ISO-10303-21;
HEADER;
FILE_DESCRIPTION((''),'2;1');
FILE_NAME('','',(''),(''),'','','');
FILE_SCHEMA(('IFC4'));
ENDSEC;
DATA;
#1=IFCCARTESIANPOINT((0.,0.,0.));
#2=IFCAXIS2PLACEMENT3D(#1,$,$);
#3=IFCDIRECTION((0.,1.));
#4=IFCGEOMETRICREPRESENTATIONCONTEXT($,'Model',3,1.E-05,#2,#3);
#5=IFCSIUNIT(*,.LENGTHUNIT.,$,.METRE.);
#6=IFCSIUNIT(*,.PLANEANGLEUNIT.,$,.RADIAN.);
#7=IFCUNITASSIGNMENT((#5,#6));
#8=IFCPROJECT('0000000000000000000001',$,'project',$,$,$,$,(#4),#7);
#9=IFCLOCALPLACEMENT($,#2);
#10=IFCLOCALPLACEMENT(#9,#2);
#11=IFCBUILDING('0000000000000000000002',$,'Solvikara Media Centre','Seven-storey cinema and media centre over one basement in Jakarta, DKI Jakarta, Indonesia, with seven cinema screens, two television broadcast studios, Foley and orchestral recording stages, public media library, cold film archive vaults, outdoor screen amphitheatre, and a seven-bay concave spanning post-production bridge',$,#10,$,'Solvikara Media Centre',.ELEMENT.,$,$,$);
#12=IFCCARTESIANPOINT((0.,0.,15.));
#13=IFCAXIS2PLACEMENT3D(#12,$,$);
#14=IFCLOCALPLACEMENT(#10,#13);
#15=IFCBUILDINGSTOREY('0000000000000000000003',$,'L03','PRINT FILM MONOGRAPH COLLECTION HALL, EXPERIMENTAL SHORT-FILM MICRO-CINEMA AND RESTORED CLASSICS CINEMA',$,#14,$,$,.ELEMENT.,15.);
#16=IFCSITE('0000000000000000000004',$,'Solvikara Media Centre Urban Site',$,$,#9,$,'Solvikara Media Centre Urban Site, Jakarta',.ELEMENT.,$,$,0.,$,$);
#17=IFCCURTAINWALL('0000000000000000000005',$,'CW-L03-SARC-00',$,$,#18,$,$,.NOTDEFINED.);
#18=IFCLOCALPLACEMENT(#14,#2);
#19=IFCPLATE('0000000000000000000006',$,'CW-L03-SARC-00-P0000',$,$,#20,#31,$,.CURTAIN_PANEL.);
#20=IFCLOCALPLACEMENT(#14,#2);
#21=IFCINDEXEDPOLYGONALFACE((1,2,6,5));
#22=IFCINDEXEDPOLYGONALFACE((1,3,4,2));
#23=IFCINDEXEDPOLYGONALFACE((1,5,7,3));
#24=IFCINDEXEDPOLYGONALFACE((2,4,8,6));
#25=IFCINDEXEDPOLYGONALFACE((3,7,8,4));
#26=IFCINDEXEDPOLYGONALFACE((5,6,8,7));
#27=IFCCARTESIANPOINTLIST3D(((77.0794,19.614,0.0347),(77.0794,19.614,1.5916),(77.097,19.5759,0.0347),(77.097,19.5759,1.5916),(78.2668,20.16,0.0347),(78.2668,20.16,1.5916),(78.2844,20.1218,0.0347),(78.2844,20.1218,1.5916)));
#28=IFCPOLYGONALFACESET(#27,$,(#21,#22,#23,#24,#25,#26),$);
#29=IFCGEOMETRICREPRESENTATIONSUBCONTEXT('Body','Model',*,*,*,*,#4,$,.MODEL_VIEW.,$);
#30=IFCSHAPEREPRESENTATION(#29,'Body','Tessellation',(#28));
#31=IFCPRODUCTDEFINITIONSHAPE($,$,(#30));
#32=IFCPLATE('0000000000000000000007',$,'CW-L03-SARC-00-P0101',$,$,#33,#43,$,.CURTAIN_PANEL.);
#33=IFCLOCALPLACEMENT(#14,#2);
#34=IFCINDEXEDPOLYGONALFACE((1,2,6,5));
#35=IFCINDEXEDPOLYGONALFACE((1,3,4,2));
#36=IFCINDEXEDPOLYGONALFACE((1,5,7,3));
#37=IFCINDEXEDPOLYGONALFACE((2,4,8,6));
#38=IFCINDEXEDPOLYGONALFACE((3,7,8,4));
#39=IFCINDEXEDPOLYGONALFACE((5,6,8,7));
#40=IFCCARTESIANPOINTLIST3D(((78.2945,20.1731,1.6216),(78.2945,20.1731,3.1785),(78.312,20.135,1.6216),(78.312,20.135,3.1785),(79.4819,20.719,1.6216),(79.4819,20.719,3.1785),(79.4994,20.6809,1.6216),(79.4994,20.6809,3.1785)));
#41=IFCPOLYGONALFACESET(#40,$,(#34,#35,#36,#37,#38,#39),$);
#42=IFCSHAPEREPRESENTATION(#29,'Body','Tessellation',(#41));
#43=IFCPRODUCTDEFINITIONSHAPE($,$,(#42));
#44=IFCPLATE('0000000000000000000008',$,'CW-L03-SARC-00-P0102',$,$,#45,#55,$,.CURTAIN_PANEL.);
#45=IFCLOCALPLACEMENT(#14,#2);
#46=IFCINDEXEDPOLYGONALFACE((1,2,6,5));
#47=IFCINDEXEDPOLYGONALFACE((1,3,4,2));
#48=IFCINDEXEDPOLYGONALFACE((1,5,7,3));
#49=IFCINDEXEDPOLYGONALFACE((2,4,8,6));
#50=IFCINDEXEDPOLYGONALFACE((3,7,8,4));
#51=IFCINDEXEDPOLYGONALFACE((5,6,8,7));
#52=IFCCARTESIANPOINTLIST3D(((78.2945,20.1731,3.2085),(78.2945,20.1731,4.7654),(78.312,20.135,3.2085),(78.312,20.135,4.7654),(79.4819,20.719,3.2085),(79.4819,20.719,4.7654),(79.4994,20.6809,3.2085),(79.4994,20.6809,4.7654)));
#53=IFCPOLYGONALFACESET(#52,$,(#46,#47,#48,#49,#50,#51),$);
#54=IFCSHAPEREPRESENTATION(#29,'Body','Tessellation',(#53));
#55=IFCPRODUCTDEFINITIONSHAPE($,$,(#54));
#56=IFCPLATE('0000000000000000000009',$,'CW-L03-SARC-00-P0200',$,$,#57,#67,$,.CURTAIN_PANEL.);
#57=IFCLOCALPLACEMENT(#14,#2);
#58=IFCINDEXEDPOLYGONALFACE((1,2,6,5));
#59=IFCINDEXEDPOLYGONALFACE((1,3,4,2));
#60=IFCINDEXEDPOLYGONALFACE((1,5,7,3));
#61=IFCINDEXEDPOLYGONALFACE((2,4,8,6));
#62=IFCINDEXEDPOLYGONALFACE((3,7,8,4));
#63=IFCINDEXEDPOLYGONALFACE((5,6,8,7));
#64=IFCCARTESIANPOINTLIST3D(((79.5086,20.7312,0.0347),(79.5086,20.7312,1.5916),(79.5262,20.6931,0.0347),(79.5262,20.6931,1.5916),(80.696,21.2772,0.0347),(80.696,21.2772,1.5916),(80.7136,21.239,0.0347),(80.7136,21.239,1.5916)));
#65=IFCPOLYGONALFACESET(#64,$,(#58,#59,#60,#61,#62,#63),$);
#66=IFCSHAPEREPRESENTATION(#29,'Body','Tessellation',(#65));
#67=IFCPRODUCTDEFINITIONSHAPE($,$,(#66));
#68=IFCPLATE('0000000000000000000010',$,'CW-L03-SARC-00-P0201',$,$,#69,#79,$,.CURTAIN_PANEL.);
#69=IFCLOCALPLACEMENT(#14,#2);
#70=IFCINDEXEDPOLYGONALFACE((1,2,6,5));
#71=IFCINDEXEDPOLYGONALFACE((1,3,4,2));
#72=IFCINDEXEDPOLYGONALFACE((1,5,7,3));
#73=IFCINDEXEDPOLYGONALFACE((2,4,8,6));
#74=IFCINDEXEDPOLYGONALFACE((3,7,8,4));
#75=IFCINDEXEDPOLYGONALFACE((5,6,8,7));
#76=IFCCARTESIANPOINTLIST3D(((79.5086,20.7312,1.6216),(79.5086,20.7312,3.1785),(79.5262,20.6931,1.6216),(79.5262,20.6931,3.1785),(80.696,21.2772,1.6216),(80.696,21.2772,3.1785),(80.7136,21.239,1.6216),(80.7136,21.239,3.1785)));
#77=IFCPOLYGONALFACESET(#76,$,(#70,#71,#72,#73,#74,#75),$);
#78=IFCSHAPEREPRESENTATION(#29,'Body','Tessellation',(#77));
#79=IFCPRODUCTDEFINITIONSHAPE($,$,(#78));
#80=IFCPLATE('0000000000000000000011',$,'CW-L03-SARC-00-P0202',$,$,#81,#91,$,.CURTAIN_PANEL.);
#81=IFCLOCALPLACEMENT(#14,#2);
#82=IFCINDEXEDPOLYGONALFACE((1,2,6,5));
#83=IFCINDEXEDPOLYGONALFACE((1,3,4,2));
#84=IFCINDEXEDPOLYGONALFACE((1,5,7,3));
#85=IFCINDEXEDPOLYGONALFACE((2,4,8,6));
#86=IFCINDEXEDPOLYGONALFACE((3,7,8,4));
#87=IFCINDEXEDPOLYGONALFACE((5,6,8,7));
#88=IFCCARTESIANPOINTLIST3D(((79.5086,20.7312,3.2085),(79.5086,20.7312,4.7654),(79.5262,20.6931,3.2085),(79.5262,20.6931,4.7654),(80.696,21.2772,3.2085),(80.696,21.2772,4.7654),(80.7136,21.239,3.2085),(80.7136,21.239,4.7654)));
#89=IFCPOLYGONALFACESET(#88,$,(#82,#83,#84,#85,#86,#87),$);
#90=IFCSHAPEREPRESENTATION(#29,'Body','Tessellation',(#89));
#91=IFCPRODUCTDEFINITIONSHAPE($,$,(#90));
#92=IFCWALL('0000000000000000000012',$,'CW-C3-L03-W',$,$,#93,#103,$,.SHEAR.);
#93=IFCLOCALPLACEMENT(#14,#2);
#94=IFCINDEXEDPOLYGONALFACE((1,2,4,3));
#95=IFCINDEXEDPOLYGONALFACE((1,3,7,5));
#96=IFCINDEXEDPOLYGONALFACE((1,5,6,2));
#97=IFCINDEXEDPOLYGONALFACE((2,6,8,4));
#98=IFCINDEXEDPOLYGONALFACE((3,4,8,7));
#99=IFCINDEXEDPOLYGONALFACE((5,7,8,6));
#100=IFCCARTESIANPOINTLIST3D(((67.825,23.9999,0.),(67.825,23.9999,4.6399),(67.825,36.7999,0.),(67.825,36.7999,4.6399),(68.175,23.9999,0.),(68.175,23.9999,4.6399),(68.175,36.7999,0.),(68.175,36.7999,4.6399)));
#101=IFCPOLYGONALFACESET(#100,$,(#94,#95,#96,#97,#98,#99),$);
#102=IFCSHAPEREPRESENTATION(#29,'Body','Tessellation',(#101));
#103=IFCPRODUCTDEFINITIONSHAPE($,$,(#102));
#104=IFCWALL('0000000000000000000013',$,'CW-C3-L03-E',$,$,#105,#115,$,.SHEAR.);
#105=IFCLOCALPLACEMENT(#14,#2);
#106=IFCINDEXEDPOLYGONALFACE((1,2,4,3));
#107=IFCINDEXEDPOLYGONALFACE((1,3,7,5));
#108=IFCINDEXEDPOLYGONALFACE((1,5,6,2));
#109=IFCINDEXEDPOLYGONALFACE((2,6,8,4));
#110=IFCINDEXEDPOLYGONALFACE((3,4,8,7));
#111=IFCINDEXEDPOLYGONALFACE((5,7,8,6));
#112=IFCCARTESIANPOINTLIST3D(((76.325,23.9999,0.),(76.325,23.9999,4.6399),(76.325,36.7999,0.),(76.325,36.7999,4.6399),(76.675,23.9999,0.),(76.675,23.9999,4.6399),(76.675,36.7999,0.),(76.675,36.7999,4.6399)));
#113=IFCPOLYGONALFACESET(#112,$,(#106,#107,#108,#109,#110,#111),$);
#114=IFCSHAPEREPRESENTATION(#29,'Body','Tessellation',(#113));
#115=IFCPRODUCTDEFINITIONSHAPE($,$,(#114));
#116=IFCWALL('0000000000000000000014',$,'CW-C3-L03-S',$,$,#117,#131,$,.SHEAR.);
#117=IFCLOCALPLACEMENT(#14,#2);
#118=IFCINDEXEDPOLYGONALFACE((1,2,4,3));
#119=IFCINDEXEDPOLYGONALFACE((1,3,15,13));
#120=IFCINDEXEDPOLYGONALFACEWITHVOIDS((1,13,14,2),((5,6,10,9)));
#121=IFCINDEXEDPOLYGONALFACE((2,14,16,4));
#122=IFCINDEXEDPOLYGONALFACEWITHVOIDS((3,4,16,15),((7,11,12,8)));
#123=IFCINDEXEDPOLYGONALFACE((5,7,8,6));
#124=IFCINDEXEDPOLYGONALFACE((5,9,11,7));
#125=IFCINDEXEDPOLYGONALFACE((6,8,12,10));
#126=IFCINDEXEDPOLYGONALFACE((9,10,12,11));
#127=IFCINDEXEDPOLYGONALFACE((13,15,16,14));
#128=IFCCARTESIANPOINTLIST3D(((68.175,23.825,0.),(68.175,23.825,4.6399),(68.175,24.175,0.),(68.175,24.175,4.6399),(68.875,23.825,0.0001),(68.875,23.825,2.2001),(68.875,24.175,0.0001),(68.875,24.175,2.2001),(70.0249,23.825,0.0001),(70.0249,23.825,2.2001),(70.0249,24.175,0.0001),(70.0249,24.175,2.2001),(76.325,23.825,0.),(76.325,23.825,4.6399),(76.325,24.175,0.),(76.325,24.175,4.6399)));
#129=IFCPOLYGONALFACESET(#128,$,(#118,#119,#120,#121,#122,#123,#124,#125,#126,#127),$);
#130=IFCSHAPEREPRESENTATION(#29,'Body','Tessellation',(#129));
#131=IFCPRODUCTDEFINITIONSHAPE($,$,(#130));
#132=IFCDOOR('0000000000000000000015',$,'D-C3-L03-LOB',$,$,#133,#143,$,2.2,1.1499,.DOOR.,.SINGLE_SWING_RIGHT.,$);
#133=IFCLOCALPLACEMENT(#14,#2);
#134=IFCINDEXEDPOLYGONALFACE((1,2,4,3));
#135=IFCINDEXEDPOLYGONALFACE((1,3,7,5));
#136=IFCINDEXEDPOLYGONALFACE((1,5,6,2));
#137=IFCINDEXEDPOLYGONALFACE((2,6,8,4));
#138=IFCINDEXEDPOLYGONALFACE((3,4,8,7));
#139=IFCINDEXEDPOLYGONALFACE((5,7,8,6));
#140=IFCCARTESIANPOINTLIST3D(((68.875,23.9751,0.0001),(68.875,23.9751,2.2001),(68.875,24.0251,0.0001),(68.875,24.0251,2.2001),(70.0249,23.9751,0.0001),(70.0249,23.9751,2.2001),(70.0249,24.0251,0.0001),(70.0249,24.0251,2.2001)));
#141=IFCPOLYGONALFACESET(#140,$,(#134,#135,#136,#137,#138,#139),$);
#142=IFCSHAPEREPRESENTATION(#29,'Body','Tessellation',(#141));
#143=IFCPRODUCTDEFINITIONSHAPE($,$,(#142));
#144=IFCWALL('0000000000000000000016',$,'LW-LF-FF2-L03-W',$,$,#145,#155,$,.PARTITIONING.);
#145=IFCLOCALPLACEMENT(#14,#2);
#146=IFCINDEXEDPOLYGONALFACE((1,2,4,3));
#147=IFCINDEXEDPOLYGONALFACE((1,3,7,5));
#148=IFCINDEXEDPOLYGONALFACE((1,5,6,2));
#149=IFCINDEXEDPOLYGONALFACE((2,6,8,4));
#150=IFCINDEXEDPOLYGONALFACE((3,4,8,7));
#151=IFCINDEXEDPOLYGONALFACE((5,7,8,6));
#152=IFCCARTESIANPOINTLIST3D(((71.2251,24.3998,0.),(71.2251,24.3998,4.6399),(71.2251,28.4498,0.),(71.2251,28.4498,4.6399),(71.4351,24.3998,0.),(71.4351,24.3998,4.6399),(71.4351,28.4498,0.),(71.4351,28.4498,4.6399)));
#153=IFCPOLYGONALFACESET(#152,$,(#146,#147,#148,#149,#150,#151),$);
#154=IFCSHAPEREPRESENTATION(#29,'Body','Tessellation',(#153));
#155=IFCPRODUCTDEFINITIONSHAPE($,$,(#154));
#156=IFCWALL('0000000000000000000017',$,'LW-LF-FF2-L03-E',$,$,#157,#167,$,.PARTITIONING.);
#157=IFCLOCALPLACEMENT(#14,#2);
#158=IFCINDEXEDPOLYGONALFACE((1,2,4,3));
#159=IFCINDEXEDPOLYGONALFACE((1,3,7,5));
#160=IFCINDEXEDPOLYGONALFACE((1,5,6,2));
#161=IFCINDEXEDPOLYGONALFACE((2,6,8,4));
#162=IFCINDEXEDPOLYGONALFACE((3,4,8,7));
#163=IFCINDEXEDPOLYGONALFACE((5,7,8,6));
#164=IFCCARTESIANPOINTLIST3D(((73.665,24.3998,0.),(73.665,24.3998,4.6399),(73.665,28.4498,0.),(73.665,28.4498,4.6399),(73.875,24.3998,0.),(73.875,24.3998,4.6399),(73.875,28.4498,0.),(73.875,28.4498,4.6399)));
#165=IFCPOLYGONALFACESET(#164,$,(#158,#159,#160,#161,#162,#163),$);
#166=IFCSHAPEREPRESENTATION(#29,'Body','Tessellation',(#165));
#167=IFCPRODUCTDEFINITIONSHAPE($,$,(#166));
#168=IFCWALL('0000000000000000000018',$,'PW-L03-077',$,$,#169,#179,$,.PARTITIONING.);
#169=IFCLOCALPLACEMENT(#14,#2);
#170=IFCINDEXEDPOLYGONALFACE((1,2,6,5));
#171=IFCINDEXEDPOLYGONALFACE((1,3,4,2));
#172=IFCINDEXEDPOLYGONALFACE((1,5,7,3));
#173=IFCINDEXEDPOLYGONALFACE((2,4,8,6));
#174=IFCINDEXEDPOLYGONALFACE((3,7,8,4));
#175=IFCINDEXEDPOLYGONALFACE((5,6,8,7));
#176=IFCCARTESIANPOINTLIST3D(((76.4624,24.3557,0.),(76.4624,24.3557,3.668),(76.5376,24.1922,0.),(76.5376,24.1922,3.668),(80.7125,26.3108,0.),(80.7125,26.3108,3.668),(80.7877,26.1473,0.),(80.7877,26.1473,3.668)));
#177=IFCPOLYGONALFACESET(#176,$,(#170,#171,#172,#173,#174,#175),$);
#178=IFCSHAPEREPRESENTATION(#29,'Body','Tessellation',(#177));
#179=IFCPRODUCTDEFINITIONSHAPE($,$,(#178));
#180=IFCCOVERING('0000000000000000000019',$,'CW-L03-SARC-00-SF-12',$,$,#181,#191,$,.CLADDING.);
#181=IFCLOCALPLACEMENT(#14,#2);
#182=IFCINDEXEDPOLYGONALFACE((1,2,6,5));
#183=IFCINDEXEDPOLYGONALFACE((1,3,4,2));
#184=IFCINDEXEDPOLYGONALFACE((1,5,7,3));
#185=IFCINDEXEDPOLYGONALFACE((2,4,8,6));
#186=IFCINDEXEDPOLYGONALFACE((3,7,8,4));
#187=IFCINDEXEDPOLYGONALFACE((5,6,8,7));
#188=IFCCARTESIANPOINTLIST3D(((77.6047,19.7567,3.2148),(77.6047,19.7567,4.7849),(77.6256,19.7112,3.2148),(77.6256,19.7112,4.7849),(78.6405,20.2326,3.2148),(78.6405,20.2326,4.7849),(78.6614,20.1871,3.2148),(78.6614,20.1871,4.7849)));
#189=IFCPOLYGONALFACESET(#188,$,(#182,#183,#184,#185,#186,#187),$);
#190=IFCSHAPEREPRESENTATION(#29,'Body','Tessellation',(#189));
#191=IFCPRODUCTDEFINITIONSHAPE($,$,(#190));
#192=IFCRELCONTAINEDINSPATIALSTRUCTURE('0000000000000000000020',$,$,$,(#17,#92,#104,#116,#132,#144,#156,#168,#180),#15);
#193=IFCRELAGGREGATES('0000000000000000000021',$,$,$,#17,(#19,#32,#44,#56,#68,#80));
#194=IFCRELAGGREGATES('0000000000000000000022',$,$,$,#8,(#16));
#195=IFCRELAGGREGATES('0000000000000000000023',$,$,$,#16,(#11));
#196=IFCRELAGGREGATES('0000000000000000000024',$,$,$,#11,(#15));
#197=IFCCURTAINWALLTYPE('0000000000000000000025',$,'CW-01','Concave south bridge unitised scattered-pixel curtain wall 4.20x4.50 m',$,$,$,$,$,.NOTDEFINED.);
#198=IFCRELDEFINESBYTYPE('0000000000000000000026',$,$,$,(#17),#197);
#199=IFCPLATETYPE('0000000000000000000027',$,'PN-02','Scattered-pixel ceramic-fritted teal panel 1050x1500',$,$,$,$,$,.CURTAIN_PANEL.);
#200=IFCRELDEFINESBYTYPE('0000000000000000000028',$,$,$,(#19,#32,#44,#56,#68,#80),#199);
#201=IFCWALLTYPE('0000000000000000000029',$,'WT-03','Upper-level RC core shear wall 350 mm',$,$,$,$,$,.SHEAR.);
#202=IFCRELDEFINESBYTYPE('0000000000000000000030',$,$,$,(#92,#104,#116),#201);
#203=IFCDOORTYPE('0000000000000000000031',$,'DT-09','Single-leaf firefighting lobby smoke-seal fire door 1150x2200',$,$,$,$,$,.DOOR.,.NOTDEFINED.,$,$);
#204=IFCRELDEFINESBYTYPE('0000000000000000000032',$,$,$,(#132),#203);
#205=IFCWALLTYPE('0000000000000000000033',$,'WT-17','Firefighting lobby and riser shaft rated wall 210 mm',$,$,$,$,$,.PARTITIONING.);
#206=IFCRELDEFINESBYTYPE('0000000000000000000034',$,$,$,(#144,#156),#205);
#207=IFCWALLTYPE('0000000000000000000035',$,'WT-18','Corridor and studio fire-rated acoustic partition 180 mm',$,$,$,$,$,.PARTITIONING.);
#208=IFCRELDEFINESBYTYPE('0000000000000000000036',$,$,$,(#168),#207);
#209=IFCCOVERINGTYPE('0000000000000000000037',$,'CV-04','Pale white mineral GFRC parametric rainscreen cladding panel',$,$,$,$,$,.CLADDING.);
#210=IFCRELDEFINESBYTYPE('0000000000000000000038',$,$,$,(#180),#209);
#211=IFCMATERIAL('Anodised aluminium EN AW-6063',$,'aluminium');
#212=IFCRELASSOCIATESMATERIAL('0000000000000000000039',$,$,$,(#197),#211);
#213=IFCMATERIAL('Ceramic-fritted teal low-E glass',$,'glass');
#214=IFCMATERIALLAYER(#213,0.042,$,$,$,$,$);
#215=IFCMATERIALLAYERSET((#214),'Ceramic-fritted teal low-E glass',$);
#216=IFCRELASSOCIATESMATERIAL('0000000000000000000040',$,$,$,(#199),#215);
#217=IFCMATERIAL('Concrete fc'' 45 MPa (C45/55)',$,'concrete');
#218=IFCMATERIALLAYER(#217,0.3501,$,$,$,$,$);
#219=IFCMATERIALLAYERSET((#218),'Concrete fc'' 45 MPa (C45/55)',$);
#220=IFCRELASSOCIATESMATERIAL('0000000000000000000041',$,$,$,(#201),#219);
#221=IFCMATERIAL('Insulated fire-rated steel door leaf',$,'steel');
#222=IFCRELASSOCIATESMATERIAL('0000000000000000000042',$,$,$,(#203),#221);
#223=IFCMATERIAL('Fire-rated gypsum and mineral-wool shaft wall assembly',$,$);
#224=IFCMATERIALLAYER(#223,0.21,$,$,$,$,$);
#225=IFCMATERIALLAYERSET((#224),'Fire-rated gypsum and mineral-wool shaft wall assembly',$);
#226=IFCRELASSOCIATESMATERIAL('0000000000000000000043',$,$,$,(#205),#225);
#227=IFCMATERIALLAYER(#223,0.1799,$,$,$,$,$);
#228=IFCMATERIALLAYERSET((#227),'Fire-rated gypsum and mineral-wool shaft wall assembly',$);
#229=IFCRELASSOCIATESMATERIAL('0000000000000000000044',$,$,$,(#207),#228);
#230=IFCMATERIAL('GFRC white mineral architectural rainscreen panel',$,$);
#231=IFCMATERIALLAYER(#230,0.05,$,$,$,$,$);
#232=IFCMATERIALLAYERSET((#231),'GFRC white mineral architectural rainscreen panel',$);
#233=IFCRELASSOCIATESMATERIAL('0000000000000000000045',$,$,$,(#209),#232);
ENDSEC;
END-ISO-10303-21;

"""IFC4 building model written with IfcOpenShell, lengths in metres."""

from ifc_helpers import new_model, si_unit, direction, frame, frame_2d, origin, origin_2d, place, context, subcontext, project, spatial, rectangle, extrude, material, layer, layer_set, type_object, element, fill, aggregate, save


model = new_model("IFC4")

# Units and contexts
model_context = context("Model", 3, precision=1e-05, world=origin(), true_north=direction((0.0, 1.0)))
body_context = subcontext(model_context, "Body", "Model", "MODEL_VIEW")
ifc_project = project(units=[si_unit("LENGTHUNIT", "METRE"), si_unit("PLANEANGLEUNIT", "RADIAN")], contexts=[model_context])

# Site, building, storey
site_placement = place(None, origin())
site = spatial("IfcSite", under=ifc_project, at=site_placement, Name="Solvikara Media Centre Urban Site", LongName="Solvikara Media Centre Urban Site, Jakarta", CompositionType="ELEMENT", RefElevation=0.0)
building_placement = place(site_placement, origin())
building = spatial("IfcBuilding", under=site, at=building_placement, Name="Solvikara Media Centre", Description="Seven-storey cinema and media centre over one basement in Jakarta, DKI Jakarta, Indonesia, with seven cinema screens, two television broadcast studios, Foley and orchestral recording stages, public media library, cold film archive vaults, outdoor screen amphitheatre, and a seven-bay concave spanning post-production bridge", LongName="Solvikara Media Centre", CompositionType="ELEMENT")
storey_placement = place(building_placement, frame((0.0, 0.0, 15.0)))
storey = spatial("IfcBuildingStorey", under=building, at=storey_placement, Name="L03", Description="PRINT FILM MONOGRAPH COLLECTION HALL, EXPERIMENTAL SHORT-FILM MICRO-CINEMA AND RESTORED CLASSICS CINEMA", CompositionType="ELEMENT", Elevation=15.0)

# Curtain wall, plates
ifc_material_1 = material(Name="Anodised aluminium EN AW-6063", Category="aluminium")
curtain_wall_type = type_object("IfcCurtainWallType", Name="CW-01", Description="Concave south bridge unitised scattered-pixel curtain wall 4.20x4.50 m", PredefinedType="NOTDEFINED", material=ifc_material_1)
curtain_wall_placement = place(storey_placement, origin())
curtain_wall = element("IfcCurtainWall", 1, at=curtain_wall_placement, inside=storey, type_object=curtain_wall_type, Name="CW-L03-SARC-00", PredefinedType="NOTDEFINED")
ifc_material_2 = material(Name="Ceramic-fritted teal low-E glass", Category="glass")
ifc_layer_1 = layer(ifc_material_2, 0.042)
ifc_layer_set_1 = layer_set([ifc_layer_1], Name="Ceramic-fritted teal low-E glass")
plate_type_1 = type_object("IfcPlateType", Name="PN-02", Description="Scattered-pixel ceramic-fritted teal panel 1050x1500", PredefinedType="CURTAIN_PANEL", material=ifc_layer_set_1)
plate_1_placement = place(storey_placement, frame((77.6819, 19.8679, 0.0347), z_axis=(0.0, 0.0, 1.0), x_axis=(0.908567, 0.41774, 0.0)))
plate_1 = element("IfcPlate", 2, at=plate_1_placement, type_object=plate_type_1, Name="CW-L03-SARC-00-P0000", PredefinedType="CURTAIN_PANEL", context=body_context, shape_type="SweptSolid", body=[
    extrude(rectangle(XDim=1.3069, YDim=0.042, at=origin_2d()), origin(), (0.0, 0.0, 1.0), 1.5569),
])
plate_2_placement = place(storey_placement, frame((78.897, 20.427, 1.6216), z_axis=(0.0, 0.0, 1.0), x_axis=(0.908567, 0.41774, 0.0)))
plate_2 = element("IfcPlate", 3, at=plate_2_placement, type_object=plate_type_1, Name="CW-L03-SARC-00-P0101", PredefinedType="CURTAIN_PANEL", context=body_context, shape_type="SweptSolid", body=[
    extrude(rectangle(XDim=1.3069, YDim=0.042, at=origin_2d()), origin(), (0.0, 0.0, 1.0), 1.5569),
])
plate_3_placement = place(storey_placement, frame((78.897, 20.427, 3.2085), z_axis=(0.0, 0.0, 1.0), x_axis=(0.908567, 0.41774, 0.0)))
plate_3 = element("IfcPlate", 4, at=plate_3_placement, type_object=plate_type_1, Name="CW-L03-SARC-00-P0102", PredefinedType="CURTAIN_PANEL", context=body_context, shape_type="SweptSolid", body=[
    extrude(rectangle(XDim=1.3069, YDim=0.042, at=origin_2d()), origin(), (0.0, 0.0, 1.0), 1.5569),
])
plate_4_placement = place(storey_placement, frame((80.1111, 20.9851, 0.0347), z_axis=(0.0, 0.0, 1.0), x_axis=(0.908567, 0.41774, 0.0)))
plate_4 = element("IfcPlate", 5, at=plate_4_placement, type_object=plate_type_1, Name="CW-L03-SARC-00-P0200", PredefinedType="CURTAIN_PANEL", context=body_context, shape_type="SweptSolid", body=[
    extrude(rectangle(XDim=1.3069, YDim=0.042, at=origin_2d()), origin(), (0.0, 0.0, 1.0), 1.5569),
])
plate_5_placement = place(storey_placement, frame((80.1111, 20.9851, 1.6216), z_axis=(0.0, 0.0, 1.0), x_axis=(0.908567, 0.41774, 0.0)))
plate_5 = element("IfcPlate", 6, at=plate_5_placement, type_object=plate_type_1, Name="CW-L03-SARC-00-P0201", PredefinedType="CURTAIN_PANEL", context=body_context, shape_type="SweptSolid", body=[
    extrude(rectangle(XDim=1.3069, YDim=0.042, at=origin_2d()), origin(), (0.0, 0.0, 1.0), 1.5569),
])
plate_6_placement = place(storey_placement, frame((80.1111, 20.9851, 3.2085), z_axis=(0.0, 0.0, 1.0), x_axis=(0.908567, 0.41774, 0.0)))
plate_6 = element("IfcPlate", 7, at=plate_6_placement, type_object=plate_type_1, Name="CW-L03-SARC-00-P0202", PredefinedType="CURTAIN_PANEL", context=body_context, shape_type="SweptSolid", body=[
    extrude(rectangle(XDim=1.3069, YDim=0.042, at=origin_2d()), origin(), (0.0, 0.0, 1.0), 1.5569),
])
aggregate(curtain_wall, [plate_1, plate_2, plate_3, plate_4, plate_5, plate_6])

# Walls
ifc_material_3 = material(Name="Concrete fc' 45 MPa (C45/55)", Category="concrete")
ifc_layer_2 = layer(ifc_material_3, 0.3501)
ifc_layer_set_2 = layer_set([ifc_layer_2], Name="Concrete fc' 45 MPa (C45/55)")
wall_type_1 = type_object("IfcWallType", Name="WT-03", Description="Upper-level RC core shear wall 350 mm", PredefinedType="SHEAR", material=ifc_layer_set_2)
for number, where, z_axis, x_axis, name in (
    (8, (68.0, 24.0, 0.0), (0.0, 0.0, 1.0), (0.0, 1.0, 0.0), "CW-C3-L03-W"),
    (9, (76.5, 24.0, 0.0), (0.0, 0.0, 1.0), (0.0, 1.0, 0.0), "CW-C3-L03-E"),
):
    element("IfcWall", number, at=place(storey_placement, frame(where, z_axis=z_axis, x_axis=x_axis)), inside=storey, type_object=wall_type_1, Name=name, PredefinedType="SHEAR", context=body_context, shape_type="SweptSolid", body=[
        extrude(rectangle(XDim=12.8, YDim=0.3501, at=frame_2d((6.3999, 0.0))), origin(), (0.0, 0.0, 1.0), 4.6399),
    ])

# Wall, opening, door
wall_1_placement = place(storey_placement, frame((68.175, 24.0, 0.0), z_axis=(0.0, 0.0, 1.0), x_axis=(1.0, 0.0, 0.0)))
wall_1 = element("IfcWall", 10, at=wall_1_placement, inside=storey, type_object=wall_type_1, Name="CW-C3-L03-S", PredefinedType="SHEAR", context=body_context, shape_type="SweptSolid", body=[
    extrude(rectangle(XDim=8.1499, YDim=0.3501, at=frame_2d((4.075, 0.0))), origin(), (0.0, 0.0, 1.0), 4.6399),
])
opening_placement = place(wall_1_placement, frame((0.7, 0.0, 0.0)))
opening = element("IfcOpeningElement", 11, at=opening_placement, cuts=wall_1, PredefinedType="OPENING", context=body_context, shape_type="SweptSolid", body=[
    extrude(rectangle(XDim=1.1499, YDim=2.2, at=frame_2d((0.575, 1.1001))), frame((0.0, 0.187, 0.0), z_axis=(0.0, -1.0, 0.0), x_axis=(1.0, 0.0, 0.0)), (0.0, 0.0, 1.0), 0.374),
])
ifc_material_4 = material(Name="Insulated fire-rated steel door leaf", Category="steel")
door_type = type_object("IfcDoorType", Name="DT-09", Description="Single-leaf firefighting lobby smoke-seal fire door 1150x2200", OperationType="NOTDEFINED", PredefinedType="DOOR", material=ifc_material_4)
door_placement = place(opening_placement, frame((1.1499, 0.0, 0.0), z_axis=(0.0, 0.0, 1.0), x_axis=(-1.0, 0.0, 0.0)))
door = element("IfcDoor", 12, at=door_placement, inside=storey, type_object=door_type, Name="D-C3-L03-LOB", OperationType="SINGLE_SWING_RIGHT", OverallHeight=2.2, OverallWidth=1.1499, PredefinedType="DOOR", context=body_context, shape_type="SweptSolid", body=[
    extrude(rectangle(XDim=1.1499, YDim=2.2, at=frame_2d((0.575, 1.1001))), frame((0.0, 0.0249, 0.0), z_axis=(0.0, -1.0, 0.0), x_axis=(1.0, 0.0, 0.0)), (0.0, 0.0, 1.0), 0.05),
])
fill(opening, door)

# Walls
ifc_material_5 = material(Name="Fire-rated gypsum and mineral-wool shaft wall assembly")
ifc_layer_3 = layer(ifc_material_5, 0.21)
ifc_layer_set_3 = layer_set([ifc_layer_3], Name="Fire-rated gypsum and mineral-wool shaft wall assembly")
wall_type_2 = type_object("IfcWallType", Name="WT-17", Description="Firefighting lobby and riser shaft rated wall 210 mm", PredefinedType="PARTITIONING", material=ifc_layer_set_3)
for number, where, z_axis, x_axis, name in (
    (13, (71.3301, 24.3999, 0.0), (0.0, 0.0, 1.0), (0.0, 1.0, 0.0), "LW-LF-FF2-L03-W"),
    (14, (73.77, 24.3999, 0.0), (0.0, 0.0, 1.0), (0.0, 1.0, 0.0), "LW-LF-FF2-L03-E"),
):
    element("IfcWall", number, at=place(storey_placement, frame(where, z_axis=z_axis, x_axis=x_axis)), inside=storey, type_object=wall_type_2, Name=name, PredefinedType="PARTITIONING", context=body_context, shape_type="SweptSolid", body=[
        extrude(rectangle(XDim=4.05, YDim=0.21, at=frame_2d((2.0249, 0.0))), origin(), (0.0, 0.0, 1.0), 4.6399),
    ])
ifc_layer_4 = layer(ifc_material_5, 0.1799)
ifc_layer_set_4 = layer_set([ifc_layer_4], Name="Fire-rated gypsum and mineral-wool shaft wall assembly")
wall_type_3 = type_object("IfcWallType", Name="WT-18", Description="Corridor and studio fire-rated acoustic partition 180 mm", PredefinedType="PARTITIONING", material=ifc_layer_set_4)
wall_2_placement = place(storey_placement, frame((76.5, 24.2739, 0.0), z_axis=(0.0, 0.0, 1.0), x_axis=(0.908484, 0.417919, 0.0)))
element("IfcWall", 15, at=wall_2_placement, inside=storey, type_object=wall_type_3, Name="PW-L03-077", PredefinedType="PARTITIONING", context=body_context, shape_type="SweptSolid", body=[
    extrude(rectangle(XDim=4.6782, YDim=0.1799, at=frame_2d((2.3391, 0.0))), origin(), (0.0, 0.0, 1.0), 3.668),
])

# Covering
ifc_material_6 = material(Name="GFRC white mineral architectural rainscreen panel")
ifc_layer_5 = layer(ifc_material_6, 0.05)
ifc_layer_set_5 = layer_set([ifc_layer_5], Name="GFRC white mineral architectural rainscreen panel")
covering_type_1 = type_object("IfcCoveringType", Name="CV-04", Description="Pale white mineral GFRC parametric rainscreen cladding panel", PredefinedType="CLADDING", material=ifc_layer_set_5)
for number, where, z_axis, x_axis, name in (
    (16, (78.1331, 19.9719, 3.2148), (0.0, 0.0, 1.0), (0.908676, 0.417502, 0.0), "CW-L03-SARC-00-SF-12"),
):
    element("IfcCovering", number, at=place(storey_placement, frame(where, z_axis=z_axis, x_axis=x_axis)), inside=storey, type_object=covering_type_1, Name=name, PredefinedType="CLADDING", context=body_context, shape_type="SweptSolid", body=[
        extrude(rectangle(XDim=1.1399, YDim=0.05, at=origin_2d()), origin(), (0.0, 0.0, 1.0), 1.5701),
    ])

save(model, "model.ifc")
